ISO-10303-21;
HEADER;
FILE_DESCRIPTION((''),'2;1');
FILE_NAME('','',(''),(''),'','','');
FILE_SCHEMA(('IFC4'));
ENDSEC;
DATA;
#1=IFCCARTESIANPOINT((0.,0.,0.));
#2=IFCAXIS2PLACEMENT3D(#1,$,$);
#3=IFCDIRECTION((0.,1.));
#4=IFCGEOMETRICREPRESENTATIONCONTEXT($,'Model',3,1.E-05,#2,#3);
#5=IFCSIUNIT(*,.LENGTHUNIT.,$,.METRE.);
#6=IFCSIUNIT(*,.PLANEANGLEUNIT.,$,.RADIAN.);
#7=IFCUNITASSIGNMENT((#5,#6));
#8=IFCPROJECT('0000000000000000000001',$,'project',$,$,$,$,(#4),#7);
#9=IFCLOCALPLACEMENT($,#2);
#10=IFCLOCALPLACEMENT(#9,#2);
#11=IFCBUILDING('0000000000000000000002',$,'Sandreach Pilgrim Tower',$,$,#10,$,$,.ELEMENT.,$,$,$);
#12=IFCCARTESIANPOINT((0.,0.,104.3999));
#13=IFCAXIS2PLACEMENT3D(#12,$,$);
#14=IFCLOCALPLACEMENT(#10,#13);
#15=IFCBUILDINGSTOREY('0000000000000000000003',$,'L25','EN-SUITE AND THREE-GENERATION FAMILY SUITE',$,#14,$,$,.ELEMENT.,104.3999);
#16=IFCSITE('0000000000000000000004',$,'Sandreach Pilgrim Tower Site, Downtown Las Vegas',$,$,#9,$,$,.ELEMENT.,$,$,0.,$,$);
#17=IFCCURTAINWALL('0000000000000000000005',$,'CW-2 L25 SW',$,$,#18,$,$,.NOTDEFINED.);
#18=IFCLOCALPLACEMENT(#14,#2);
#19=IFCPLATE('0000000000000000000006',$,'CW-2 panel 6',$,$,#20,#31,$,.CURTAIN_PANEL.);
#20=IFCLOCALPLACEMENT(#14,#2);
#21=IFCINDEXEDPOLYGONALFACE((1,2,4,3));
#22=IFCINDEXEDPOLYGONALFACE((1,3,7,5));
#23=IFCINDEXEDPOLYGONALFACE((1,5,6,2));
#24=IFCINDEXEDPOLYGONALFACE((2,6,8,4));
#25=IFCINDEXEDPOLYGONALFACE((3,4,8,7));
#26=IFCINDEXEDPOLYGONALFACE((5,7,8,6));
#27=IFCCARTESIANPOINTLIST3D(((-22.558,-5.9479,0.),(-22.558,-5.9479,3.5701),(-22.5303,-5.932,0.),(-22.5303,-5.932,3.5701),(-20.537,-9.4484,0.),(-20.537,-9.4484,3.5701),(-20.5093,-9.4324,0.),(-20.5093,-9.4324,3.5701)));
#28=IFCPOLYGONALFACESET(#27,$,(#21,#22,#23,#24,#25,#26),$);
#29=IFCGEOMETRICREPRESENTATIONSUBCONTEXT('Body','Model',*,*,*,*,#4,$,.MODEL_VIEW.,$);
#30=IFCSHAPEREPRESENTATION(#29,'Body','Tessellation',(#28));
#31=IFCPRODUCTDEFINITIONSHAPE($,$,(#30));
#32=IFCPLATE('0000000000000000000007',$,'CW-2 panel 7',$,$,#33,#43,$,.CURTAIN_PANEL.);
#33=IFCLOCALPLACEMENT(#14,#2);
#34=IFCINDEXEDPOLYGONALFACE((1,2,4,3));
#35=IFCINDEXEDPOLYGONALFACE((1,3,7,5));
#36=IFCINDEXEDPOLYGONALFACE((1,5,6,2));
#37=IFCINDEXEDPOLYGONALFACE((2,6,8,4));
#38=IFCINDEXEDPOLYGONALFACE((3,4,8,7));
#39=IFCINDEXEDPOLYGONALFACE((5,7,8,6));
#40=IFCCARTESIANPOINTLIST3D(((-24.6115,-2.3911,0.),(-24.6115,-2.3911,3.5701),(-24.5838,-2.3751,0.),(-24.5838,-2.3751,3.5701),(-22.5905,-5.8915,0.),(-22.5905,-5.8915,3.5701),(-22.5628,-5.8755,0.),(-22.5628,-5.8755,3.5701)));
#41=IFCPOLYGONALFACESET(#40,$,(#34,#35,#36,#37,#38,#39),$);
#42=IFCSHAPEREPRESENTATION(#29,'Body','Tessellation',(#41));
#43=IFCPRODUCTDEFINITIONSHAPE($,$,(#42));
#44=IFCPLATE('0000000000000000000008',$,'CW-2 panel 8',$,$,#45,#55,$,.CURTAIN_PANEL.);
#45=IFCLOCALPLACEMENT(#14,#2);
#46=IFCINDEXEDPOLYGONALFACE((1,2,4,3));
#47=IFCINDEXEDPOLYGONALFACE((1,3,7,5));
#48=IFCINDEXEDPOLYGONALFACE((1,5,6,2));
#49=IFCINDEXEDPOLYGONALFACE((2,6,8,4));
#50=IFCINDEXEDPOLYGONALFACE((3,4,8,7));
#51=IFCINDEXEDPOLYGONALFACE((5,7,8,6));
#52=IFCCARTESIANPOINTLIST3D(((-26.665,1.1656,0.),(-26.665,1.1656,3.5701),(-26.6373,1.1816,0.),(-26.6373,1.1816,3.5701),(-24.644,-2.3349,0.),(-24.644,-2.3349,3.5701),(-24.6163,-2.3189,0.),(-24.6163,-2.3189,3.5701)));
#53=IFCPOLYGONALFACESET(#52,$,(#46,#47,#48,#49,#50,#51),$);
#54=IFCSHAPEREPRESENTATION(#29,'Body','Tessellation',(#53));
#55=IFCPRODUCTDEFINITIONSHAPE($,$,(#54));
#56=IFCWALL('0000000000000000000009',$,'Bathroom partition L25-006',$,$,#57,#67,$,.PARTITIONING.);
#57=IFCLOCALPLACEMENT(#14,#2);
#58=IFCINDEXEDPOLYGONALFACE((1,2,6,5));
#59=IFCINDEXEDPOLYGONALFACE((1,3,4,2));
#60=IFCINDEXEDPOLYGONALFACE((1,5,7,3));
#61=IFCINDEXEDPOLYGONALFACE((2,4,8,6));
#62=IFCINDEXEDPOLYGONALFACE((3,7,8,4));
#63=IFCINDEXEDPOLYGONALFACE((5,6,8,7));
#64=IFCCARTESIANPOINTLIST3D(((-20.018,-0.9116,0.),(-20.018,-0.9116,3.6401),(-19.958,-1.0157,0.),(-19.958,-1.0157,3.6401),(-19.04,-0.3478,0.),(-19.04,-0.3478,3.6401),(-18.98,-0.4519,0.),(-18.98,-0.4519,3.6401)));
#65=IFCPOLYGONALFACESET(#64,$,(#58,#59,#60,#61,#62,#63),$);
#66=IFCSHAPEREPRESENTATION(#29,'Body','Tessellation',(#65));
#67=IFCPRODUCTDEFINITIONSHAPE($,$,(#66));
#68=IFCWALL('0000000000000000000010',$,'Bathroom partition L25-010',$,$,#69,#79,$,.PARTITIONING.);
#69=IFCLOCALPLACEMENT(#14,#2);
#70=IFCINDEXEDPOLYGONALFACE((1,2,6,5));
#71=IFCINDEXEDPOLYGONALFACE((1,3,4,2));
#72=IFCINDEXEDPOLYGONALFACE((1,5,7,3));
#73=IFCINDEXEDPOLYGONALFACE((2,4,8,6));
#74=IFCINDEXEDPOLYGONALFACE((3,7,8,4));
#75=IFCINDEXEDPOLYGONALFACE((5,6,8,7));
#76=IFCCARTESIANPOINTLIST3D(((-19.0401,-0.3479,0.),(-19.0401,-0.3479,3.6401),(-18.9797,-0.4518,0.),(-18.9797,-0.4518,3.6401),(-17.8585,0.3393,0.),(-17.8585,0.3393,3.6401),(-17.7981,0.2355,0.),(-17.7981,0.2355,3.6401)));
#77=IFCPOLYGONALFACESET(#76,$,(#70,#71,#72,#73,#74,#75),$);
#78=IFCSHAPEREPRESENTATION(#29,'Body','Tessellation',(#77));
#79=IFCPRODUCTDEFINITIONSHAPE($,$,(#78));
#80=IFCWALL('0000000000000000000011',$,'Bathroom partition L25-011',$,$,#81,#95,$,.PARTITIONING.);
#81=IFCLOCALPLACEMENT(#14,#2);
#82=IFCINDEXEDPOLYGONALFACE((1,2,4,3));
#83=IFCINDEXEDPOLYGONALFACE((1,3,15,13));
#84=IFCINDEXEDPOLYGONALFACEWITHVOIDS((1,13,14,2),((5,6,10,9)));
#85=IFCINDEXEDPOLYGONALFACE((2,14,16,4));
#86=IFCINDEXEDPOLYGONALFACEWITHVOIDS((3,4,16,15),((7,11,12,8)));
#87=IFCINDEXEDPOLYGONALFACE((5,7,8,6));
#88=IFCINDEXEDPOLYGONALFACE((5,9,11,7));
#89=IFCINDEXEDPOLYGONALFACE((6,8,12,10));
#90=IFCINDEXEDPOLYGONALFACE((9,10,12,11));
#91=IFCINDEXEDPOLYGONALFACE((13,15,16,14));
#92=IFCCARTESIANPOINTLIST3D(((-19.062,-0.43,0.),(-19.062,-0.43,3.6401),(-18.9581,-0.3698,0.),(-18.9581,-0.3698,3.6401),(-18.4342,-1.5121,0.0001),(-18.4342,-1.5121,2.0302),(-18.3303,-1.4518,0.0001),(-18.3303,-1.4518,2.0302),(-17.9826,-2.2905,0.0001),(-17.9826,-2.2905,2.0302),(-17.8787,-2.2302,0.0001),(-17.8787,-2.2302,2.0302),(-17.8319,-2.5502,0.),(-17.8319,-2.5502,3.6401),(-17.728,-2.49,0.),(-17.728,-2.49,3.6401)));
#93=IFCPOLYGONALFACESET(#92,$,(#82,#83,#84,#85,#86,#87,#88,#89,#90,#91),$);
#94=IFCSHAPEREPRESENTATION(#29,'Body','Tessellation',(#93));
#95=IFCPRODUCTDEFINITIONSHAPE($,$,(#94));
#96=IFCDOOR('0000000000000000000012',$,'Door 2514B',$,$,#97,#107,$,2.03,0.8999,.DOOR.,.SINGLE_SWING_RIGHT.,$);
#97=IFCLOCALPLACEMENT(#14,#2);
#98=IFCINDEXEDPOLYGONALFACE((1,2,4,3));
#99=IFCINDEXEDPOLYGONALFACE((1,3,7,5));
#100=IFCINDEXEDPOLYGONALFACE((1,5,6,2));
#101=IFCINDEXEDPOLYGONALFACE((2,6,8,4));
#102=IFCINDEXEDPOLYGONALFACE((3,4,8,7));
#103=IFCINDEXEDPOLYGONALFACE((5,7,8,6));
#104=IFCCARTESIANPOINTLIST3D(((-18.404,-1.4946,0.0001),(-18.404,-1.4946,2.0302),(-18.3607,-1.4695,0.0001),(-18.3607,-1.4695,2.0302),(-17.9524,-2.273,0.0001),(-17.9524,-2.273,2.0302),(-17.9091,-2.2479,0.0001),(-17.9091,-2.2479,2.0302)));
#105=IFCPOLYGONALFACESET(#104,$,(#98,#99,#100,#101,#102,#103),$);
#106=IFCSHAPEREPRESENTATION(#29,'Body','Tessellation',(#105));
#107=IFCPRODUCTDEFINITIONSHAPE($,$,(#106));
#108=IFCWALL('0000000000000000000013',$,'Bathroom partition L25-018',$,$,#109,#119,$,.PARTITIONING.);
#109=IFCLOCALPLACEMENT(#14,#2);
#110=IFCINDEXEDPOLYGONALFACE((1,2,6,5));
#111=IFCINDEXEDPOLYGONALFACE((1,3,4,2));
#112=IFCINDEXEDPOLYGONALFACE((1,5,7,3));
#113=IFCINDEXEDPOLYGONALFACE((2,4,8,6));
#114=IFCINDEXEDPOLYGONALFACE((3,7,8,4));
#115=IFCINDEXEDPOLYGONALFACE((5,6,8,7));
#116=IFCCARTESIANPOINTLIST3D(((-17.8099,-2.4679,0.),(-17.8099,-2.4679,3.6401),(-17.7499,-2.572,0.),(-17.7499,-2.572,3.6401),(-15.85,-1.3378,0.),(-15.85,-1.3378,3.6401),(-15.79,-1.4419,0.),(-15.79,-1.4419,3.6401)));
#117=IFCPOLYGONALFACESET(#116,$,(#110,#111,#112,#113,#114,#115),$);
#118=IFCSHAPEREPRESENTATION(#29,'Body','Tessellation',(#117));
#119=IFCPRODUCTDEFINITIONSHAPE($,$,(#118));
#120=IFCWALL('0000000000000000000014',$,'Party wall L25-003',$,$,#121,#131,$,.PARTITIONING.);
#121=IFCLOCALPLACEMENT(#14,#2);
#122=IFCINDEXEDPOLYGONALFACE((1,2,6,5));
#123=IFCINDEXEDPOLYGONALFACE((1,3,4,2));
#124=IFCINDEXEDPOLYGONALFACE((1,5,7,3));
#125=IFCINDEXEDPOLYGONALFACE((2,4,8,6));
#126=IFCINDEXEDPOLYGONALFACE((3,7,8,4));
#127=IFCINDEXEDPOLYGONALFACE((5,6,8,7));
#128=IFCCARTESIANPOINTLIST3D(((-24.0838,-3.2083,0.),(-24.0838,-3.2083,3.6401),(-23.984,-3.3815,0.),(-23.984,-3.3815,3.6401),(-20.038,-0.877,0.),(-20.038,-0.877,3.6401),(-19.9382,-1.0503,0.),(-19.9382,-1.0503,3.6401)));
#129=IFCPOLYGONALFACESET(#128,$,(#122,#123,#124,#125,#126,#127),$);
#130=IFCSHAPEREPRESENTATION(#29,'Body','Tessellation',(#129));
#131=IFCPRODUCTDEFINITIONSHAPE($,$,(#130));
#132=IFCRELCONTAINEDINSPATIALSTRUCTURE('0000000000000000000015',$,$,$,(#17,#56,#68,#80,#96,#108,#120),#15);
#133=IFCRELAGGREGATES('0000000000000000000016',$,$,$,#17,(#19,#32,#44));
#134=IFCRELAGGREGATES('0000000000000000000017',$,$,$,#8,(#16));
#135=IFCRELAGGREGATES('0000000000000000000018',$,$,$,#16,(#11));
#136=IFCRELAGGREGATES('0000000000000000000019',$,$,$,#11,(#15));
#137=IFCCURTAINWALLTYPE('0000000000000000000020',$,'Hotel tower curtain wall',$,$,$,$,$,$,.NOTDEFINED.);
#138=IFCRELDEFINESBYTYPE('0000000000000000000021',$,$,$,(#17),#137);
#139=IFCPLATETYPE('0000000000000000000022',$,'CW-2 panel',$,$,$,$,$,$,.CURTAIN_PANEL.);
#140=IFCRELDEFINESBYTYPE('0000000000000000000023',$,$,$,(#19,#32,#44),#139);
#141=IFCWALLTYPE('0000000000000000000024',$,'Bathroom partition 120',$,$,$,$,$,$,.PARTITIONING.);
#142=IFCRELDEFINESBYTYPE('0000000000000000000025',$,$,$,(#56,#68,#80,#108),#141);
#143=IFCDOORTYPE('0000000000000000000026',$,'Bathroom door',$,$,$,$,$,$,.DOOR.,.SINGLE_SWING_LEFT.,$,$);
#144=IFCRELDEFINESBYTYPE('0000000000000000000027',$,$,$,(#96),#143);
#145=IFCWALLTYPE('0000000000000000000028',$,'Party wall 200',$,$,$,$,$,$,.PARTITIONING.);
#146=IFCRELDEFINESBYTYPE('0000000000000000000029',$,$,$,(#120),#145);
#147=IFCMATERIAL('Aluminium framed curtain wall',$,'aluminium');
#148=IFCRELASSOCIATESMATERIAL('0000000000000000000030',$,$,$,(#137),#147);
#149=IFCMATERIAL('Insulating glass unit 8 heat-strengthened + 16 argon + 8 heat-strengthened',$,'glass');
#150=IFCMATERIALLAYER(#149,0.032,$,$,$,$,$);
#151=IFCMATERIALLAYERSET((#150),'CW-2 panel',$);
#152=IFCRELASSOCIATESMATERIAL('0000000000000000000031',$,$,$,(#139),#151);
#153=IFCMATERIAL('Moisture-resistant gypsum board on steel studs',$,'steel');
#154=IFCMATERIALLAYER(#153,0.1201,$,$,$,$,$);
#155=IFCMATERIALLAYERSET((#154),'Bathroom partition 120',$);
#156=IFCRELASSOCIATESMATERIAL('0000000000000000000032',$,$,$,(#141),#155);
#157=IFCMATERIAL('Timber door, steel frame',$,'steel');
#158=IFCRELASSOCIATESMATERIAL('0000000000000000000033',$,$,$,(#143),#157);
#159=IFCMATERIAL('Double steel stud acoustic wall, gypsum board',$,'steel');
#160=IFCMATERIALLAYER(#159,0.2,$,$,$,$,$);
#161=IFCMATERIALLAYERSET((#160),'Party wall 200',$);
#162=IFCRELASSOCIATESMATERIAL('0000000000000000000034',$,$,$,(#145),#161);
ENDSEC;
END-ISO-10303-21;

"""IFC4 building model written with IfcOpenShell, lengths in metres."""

from ifc_helpers import new_model, si_unit, direction, frame, frame_2d, origin, origin_2d, place, context, subcontext, project, spatial, rectangle, extrude, material, layer, layer_set, type_object, element, fill, aggregate, save


model = new_model("IFC4")

# Units and contexts
model_context = context("Model", 3, precision=1e-05, world=origin(), true_north=direction((0.0, 1.0)))
body_context = subcontext(model_context, "Body", "Model", "MODEL_VIEW")
ifc_project = project(units=[si_unit("LENGTHUNIT", "METRE"), si_unit("PLANEANGLEUNIT", "RADIAN")], contexts=[model_context])

# Site, building, storey
site_placement = place(None, origin())
site = spatial("IfcSite", under=ifc_project, at=site_placement, Name="Sandreach Pilgrim Tower Site, Downtown Las Vegas", CompositionType="ELEMENT", RefElevation=0.0)
building_placement = place(site_placement, origin())
building = spatial("IfcBuilding", under=site, at=building_placement, Name="Sandreach Pilgrim Tower", CompositionType="ELEMENT")
storey_placement = place(building_placement, frame((0.0, 0.0, 104.3999)))
storey = spatial("IfcBuildingStorey", under=building, at=storey_placement, Name="L25", Description="EN-SUITE AND THREE-GENERATION FAMILY SUITE", CompositionType="ELEMENT", Elevation=104.3999)

# Curtain wall
ifc_material_1 = material(Name="Aluminium framed curtain wall", Category="aluminium")
curtain_wall_type = type_object("IfcCurtainWallType", Name="Hotel tower curtain wall", PredefinedType="NOTDEFINED", material=ifc_material_1)
curtain_wall_placement = place(storey_placement, origin())
curtain_wall = element("IfcCurtainWall", 1, at=curtain_wall_placement, inside=storey, type_object=curtain_wall_type, Name="CW-2 L25 SW", PredefinedType="NOTDEFINED")

# Plates
ifc_material_2 = material(Name="Insulating glass unit 8 heat-strengthened + 16 argon + 8 heat-strengthened", Category="glass")
ifc_layer_1 = layer(ifc_material_2, 0.032)
ifc_layer_set_1 = layer_set([ifc_layer_1], Name="CW-2 panel")
plate_type = type_object("IfcPlateType", Name="CW-2 panel", PredefinedType="CURTAIN_PANEL", material=ifc_layer_set_1)
plate_1_placement = place(storey_placement, frame((-21.5337, -7.6902, 0.0), z_axis=(0.0, 0.0, 1.0), x_axis=(-0.5, 0.866025, 0.0)))
plate_1 = element("IfcPlate", 2, at=plate_1_placement, type_object=plate_type, Name="CW-2 panel 6", PredefinedType="CURTAIN_PANEL", context=body_context, shape_type="SweptSolid", body=[
    extrude(rectangle(XDim=4.042, YDim=0.032, at=origin_2d()), origin(), (0.0, 0.0, 1.0), 3.5701),
])
plate_2_placement = place(storey_placement, frame((-23.5872, -4.1333, 0.0), z_axis=(0.0, 0.0, 1.0), x_axis=(-0.5, 0.866025, 0.0)))
plate_2 = element("IfcPlate", 3, at=plate_2_placement, type_object=plate_type, Name="CW-2 panel 7", PredefinedType="CURTAIN_PANEL", context=body_context, shape_type="SweptSolid", body=[
    extrude(rectangle(XDim=4.042, YDim=0.032, at=origin_2d()), origin(), (0.0, 0.0, 1.0), 3.5701),
])
plate_3_placement = place(storey_placement, frame((-25.6406, -0.5767, 0.0), z_axis=(0.0, 0.0, 1.0), x_axis=(-0.5, 0.866025, 0.0)))
plate_3 = element("IfcPlate", 4, at=plate_3_placement, type_object=plate_type, Name="CW-2 panel 8", PredefinedType="CURTAIN_PANEL", context=body_context, shape_type="SweptSolid", body=[
    extrude(rectangle(XDim=4.042, YDim=0.032, at=origin_2d()), origin(), (0.0, 0.0, 1.0), 3.5701),
])
aggregate(curtain_wall, [plate_1, plate_2, plate_3])

# Walls
ifc_material_3 = material(Name="Moisture-resistant gypsum board on steel studs", Category="steel")
ifc_layer_2 = layer(ifc_material_3, 0.1201)
ifc_layer_set_2 = layer_set([ifc_layer_2], Name="Bathroom partition 120")
wall_type_1 = type_object("IfcWallType", Name="Bathroom partition 120", PredefinedType="PARTITIONING", material=ifc_layer_set_2)
wall_1_placement = place(storey_placement, frame((-19.988, -0.9636, 0.0), z_axis=(0.0, 0.0, 1.0), x_axis=(0.866387, 0.499373, 0.0)))
element("IfcWall", 5, at=wall_1_placement, inside=storey, type_object=wall_type_1, Name="Bathroom partition L25-006", PredefinedType="PARTITIONING", context=body_context, shape_type="SweptSolid", body=[
    extrude(rectangle(XDim=1.1289, YDim=0.1201, at=frame_2d((0.5645, 0.0))), origin(), (0.0, 0.0, 1.0), 3.6401),
])
wall_2_placement = place(storey_placement, frame((-19.01, -0.3999, 0.0), z_axis=(0.0, 0.0, 1.0), x_axis=(0.864426, 0.50276, 0.0)))
element("IfcWall", 6, at=wall_2_placement, inside=storey, type_object=wall_type_1, Name="Bathroom partition L25-010", PredefinedType="PARTITIONING", context=body_context, shape_type="SweptSolid", body=[
    extrude(rectangle(XDim=1.3669, YDim=0.1201, at=frame_2d((0.6836, 0.0))), origin(), (0.0, 0.0, 1.0), 3.6401),
])

# Wall, opening, door
wall_3_placement = place(storey_placement, frame((-19.01, -0.3999, 0.0), z_axis=(0.0, 0.0, 1.0), x_axis=(0.501813, -0.864976, 0.0)))
wall_3 = element("IfcWall", 7, at=wall_3_placement, inside=storey, type_object=wall_type_1, Name="Bathroom partition L25-011", PredefinedType="PARTITIONING", context=body_context, shape_type="SweptSolid", body=[
    extrude(rectangle(XDim=2.4512, YDim=0.1201, at=frame_2d((1.2256, 0.0))), origin(), (0.0, 0.0, 1.0), 3.6401),
])
opening_1_placement = place(wall_3_placement, frame((1.251, 0.0, 0.0)))
opening_1 = element("IfcOpeningElement", 8, at=opening_1_placement, cuts=wall_3, PredefinedType="OPENING", context=body_context, shape_type="SweptSolid", body=[
    extrude(rectangle(XDim=0.8999, YDim=2.03, at=frame_2d((0.45, 1.0151))), frame((0.0, 0.0601, 0.0), z_axis=(0.0, -1.0, 0.0), x_axis=(1.0, 0.0, 0.0)), (0.0, 0.0, 1.0), 0.1201),
])
ifc_material_4 = material(Name="Timber door, steel frame", Category="steel")
door_type_1 = type_object("IfcDoorType", Name="Bathroom door", OperationType="SINGLE_SWING_LEFT", PredefinedType="DOOR", material=ifc_material_4)
door_1_placement = place(opening_1_placement, origin())
door_1 = element("IfcDoor", 9, at=door_1_placement, inside=storey, type_object=door_type_1, Name="Door 2514B", OperationType="SINGLE_SWING_RIGHT", OverallHeight=2.03, OverallWidth=0.8999, PredefinedType="DOOR", context=body_context, shape_type="SweptSolid", body=[
    extrude(rectangle(XDim=0.8999, YDim=2.03, at=frame_2d((0.45, 1.0151))), frame((0.0, 0.0249, 0.0), z_axis=(0.0, -1.0, 0.0), x_axis=(1.0, 0.0, 0.0)), (0.0, 0.0, 1.0), 0.05),
])
fill(opening_1, door_1)

# Wall
wall_4_placement = place(storey_placement, frame((-17.78, -2.52, 0.0), z_axis=(0.0, 0.0, 1.0), x_axis=(0.866304, 0.499517, 0.0)))
element("IfcWall", 10, at=wall_4_placement, inside=storey, type_object=wall_type_1, Name="Bathroom partition L25-018", PredefinedType="PARTITIONING", context=body_context, shape_type="SweptSolid", body=[
    extrude(rectangle(XDim=2.2625, YDim=0.1201, at=frame_2d((1.1313, 0.0))), origin(), (0.0, 0.0, 1.0), 3.6401),
])

# Wall
ifc_material_5 = material(Name="Double steel stud acoustic wall, gypsum board", Category="steel")
ifc_layer_3 = layer(ifc_material_5, 0.2)
ifc_layer_set_3 = layer_set([ifc_layer_3], Name="Party wall 200")
wall_type_2 = type_object("IfcWallType", Name="Party wall 200", PredefinedType="PARTITIONING", material=ifc_layer_set_3)
wall_5_placement = place(storey_placement, frame((-24.0339, -3.2949, 0.0), z_axis=(0.0, 0.0, 1.0), x_axis=(0.866452, 0.499261, 0.0)))
element("IfcWall", 11, at=wall_5_placement, inside=storey, type_object=wall_type_2, Name="Party wall L25-003", PredefinedType="PARTITIONING", context=body_context, shape_type="SweptSolid", body=[
    extrude(rectangle(XDim=4.6694, YDim=0.2, at=frame_2d((2.3347, 0.0))), origin(), (0.0, 0.0, 1.0), 3.6401),
])

save(model, "model.ifc")
